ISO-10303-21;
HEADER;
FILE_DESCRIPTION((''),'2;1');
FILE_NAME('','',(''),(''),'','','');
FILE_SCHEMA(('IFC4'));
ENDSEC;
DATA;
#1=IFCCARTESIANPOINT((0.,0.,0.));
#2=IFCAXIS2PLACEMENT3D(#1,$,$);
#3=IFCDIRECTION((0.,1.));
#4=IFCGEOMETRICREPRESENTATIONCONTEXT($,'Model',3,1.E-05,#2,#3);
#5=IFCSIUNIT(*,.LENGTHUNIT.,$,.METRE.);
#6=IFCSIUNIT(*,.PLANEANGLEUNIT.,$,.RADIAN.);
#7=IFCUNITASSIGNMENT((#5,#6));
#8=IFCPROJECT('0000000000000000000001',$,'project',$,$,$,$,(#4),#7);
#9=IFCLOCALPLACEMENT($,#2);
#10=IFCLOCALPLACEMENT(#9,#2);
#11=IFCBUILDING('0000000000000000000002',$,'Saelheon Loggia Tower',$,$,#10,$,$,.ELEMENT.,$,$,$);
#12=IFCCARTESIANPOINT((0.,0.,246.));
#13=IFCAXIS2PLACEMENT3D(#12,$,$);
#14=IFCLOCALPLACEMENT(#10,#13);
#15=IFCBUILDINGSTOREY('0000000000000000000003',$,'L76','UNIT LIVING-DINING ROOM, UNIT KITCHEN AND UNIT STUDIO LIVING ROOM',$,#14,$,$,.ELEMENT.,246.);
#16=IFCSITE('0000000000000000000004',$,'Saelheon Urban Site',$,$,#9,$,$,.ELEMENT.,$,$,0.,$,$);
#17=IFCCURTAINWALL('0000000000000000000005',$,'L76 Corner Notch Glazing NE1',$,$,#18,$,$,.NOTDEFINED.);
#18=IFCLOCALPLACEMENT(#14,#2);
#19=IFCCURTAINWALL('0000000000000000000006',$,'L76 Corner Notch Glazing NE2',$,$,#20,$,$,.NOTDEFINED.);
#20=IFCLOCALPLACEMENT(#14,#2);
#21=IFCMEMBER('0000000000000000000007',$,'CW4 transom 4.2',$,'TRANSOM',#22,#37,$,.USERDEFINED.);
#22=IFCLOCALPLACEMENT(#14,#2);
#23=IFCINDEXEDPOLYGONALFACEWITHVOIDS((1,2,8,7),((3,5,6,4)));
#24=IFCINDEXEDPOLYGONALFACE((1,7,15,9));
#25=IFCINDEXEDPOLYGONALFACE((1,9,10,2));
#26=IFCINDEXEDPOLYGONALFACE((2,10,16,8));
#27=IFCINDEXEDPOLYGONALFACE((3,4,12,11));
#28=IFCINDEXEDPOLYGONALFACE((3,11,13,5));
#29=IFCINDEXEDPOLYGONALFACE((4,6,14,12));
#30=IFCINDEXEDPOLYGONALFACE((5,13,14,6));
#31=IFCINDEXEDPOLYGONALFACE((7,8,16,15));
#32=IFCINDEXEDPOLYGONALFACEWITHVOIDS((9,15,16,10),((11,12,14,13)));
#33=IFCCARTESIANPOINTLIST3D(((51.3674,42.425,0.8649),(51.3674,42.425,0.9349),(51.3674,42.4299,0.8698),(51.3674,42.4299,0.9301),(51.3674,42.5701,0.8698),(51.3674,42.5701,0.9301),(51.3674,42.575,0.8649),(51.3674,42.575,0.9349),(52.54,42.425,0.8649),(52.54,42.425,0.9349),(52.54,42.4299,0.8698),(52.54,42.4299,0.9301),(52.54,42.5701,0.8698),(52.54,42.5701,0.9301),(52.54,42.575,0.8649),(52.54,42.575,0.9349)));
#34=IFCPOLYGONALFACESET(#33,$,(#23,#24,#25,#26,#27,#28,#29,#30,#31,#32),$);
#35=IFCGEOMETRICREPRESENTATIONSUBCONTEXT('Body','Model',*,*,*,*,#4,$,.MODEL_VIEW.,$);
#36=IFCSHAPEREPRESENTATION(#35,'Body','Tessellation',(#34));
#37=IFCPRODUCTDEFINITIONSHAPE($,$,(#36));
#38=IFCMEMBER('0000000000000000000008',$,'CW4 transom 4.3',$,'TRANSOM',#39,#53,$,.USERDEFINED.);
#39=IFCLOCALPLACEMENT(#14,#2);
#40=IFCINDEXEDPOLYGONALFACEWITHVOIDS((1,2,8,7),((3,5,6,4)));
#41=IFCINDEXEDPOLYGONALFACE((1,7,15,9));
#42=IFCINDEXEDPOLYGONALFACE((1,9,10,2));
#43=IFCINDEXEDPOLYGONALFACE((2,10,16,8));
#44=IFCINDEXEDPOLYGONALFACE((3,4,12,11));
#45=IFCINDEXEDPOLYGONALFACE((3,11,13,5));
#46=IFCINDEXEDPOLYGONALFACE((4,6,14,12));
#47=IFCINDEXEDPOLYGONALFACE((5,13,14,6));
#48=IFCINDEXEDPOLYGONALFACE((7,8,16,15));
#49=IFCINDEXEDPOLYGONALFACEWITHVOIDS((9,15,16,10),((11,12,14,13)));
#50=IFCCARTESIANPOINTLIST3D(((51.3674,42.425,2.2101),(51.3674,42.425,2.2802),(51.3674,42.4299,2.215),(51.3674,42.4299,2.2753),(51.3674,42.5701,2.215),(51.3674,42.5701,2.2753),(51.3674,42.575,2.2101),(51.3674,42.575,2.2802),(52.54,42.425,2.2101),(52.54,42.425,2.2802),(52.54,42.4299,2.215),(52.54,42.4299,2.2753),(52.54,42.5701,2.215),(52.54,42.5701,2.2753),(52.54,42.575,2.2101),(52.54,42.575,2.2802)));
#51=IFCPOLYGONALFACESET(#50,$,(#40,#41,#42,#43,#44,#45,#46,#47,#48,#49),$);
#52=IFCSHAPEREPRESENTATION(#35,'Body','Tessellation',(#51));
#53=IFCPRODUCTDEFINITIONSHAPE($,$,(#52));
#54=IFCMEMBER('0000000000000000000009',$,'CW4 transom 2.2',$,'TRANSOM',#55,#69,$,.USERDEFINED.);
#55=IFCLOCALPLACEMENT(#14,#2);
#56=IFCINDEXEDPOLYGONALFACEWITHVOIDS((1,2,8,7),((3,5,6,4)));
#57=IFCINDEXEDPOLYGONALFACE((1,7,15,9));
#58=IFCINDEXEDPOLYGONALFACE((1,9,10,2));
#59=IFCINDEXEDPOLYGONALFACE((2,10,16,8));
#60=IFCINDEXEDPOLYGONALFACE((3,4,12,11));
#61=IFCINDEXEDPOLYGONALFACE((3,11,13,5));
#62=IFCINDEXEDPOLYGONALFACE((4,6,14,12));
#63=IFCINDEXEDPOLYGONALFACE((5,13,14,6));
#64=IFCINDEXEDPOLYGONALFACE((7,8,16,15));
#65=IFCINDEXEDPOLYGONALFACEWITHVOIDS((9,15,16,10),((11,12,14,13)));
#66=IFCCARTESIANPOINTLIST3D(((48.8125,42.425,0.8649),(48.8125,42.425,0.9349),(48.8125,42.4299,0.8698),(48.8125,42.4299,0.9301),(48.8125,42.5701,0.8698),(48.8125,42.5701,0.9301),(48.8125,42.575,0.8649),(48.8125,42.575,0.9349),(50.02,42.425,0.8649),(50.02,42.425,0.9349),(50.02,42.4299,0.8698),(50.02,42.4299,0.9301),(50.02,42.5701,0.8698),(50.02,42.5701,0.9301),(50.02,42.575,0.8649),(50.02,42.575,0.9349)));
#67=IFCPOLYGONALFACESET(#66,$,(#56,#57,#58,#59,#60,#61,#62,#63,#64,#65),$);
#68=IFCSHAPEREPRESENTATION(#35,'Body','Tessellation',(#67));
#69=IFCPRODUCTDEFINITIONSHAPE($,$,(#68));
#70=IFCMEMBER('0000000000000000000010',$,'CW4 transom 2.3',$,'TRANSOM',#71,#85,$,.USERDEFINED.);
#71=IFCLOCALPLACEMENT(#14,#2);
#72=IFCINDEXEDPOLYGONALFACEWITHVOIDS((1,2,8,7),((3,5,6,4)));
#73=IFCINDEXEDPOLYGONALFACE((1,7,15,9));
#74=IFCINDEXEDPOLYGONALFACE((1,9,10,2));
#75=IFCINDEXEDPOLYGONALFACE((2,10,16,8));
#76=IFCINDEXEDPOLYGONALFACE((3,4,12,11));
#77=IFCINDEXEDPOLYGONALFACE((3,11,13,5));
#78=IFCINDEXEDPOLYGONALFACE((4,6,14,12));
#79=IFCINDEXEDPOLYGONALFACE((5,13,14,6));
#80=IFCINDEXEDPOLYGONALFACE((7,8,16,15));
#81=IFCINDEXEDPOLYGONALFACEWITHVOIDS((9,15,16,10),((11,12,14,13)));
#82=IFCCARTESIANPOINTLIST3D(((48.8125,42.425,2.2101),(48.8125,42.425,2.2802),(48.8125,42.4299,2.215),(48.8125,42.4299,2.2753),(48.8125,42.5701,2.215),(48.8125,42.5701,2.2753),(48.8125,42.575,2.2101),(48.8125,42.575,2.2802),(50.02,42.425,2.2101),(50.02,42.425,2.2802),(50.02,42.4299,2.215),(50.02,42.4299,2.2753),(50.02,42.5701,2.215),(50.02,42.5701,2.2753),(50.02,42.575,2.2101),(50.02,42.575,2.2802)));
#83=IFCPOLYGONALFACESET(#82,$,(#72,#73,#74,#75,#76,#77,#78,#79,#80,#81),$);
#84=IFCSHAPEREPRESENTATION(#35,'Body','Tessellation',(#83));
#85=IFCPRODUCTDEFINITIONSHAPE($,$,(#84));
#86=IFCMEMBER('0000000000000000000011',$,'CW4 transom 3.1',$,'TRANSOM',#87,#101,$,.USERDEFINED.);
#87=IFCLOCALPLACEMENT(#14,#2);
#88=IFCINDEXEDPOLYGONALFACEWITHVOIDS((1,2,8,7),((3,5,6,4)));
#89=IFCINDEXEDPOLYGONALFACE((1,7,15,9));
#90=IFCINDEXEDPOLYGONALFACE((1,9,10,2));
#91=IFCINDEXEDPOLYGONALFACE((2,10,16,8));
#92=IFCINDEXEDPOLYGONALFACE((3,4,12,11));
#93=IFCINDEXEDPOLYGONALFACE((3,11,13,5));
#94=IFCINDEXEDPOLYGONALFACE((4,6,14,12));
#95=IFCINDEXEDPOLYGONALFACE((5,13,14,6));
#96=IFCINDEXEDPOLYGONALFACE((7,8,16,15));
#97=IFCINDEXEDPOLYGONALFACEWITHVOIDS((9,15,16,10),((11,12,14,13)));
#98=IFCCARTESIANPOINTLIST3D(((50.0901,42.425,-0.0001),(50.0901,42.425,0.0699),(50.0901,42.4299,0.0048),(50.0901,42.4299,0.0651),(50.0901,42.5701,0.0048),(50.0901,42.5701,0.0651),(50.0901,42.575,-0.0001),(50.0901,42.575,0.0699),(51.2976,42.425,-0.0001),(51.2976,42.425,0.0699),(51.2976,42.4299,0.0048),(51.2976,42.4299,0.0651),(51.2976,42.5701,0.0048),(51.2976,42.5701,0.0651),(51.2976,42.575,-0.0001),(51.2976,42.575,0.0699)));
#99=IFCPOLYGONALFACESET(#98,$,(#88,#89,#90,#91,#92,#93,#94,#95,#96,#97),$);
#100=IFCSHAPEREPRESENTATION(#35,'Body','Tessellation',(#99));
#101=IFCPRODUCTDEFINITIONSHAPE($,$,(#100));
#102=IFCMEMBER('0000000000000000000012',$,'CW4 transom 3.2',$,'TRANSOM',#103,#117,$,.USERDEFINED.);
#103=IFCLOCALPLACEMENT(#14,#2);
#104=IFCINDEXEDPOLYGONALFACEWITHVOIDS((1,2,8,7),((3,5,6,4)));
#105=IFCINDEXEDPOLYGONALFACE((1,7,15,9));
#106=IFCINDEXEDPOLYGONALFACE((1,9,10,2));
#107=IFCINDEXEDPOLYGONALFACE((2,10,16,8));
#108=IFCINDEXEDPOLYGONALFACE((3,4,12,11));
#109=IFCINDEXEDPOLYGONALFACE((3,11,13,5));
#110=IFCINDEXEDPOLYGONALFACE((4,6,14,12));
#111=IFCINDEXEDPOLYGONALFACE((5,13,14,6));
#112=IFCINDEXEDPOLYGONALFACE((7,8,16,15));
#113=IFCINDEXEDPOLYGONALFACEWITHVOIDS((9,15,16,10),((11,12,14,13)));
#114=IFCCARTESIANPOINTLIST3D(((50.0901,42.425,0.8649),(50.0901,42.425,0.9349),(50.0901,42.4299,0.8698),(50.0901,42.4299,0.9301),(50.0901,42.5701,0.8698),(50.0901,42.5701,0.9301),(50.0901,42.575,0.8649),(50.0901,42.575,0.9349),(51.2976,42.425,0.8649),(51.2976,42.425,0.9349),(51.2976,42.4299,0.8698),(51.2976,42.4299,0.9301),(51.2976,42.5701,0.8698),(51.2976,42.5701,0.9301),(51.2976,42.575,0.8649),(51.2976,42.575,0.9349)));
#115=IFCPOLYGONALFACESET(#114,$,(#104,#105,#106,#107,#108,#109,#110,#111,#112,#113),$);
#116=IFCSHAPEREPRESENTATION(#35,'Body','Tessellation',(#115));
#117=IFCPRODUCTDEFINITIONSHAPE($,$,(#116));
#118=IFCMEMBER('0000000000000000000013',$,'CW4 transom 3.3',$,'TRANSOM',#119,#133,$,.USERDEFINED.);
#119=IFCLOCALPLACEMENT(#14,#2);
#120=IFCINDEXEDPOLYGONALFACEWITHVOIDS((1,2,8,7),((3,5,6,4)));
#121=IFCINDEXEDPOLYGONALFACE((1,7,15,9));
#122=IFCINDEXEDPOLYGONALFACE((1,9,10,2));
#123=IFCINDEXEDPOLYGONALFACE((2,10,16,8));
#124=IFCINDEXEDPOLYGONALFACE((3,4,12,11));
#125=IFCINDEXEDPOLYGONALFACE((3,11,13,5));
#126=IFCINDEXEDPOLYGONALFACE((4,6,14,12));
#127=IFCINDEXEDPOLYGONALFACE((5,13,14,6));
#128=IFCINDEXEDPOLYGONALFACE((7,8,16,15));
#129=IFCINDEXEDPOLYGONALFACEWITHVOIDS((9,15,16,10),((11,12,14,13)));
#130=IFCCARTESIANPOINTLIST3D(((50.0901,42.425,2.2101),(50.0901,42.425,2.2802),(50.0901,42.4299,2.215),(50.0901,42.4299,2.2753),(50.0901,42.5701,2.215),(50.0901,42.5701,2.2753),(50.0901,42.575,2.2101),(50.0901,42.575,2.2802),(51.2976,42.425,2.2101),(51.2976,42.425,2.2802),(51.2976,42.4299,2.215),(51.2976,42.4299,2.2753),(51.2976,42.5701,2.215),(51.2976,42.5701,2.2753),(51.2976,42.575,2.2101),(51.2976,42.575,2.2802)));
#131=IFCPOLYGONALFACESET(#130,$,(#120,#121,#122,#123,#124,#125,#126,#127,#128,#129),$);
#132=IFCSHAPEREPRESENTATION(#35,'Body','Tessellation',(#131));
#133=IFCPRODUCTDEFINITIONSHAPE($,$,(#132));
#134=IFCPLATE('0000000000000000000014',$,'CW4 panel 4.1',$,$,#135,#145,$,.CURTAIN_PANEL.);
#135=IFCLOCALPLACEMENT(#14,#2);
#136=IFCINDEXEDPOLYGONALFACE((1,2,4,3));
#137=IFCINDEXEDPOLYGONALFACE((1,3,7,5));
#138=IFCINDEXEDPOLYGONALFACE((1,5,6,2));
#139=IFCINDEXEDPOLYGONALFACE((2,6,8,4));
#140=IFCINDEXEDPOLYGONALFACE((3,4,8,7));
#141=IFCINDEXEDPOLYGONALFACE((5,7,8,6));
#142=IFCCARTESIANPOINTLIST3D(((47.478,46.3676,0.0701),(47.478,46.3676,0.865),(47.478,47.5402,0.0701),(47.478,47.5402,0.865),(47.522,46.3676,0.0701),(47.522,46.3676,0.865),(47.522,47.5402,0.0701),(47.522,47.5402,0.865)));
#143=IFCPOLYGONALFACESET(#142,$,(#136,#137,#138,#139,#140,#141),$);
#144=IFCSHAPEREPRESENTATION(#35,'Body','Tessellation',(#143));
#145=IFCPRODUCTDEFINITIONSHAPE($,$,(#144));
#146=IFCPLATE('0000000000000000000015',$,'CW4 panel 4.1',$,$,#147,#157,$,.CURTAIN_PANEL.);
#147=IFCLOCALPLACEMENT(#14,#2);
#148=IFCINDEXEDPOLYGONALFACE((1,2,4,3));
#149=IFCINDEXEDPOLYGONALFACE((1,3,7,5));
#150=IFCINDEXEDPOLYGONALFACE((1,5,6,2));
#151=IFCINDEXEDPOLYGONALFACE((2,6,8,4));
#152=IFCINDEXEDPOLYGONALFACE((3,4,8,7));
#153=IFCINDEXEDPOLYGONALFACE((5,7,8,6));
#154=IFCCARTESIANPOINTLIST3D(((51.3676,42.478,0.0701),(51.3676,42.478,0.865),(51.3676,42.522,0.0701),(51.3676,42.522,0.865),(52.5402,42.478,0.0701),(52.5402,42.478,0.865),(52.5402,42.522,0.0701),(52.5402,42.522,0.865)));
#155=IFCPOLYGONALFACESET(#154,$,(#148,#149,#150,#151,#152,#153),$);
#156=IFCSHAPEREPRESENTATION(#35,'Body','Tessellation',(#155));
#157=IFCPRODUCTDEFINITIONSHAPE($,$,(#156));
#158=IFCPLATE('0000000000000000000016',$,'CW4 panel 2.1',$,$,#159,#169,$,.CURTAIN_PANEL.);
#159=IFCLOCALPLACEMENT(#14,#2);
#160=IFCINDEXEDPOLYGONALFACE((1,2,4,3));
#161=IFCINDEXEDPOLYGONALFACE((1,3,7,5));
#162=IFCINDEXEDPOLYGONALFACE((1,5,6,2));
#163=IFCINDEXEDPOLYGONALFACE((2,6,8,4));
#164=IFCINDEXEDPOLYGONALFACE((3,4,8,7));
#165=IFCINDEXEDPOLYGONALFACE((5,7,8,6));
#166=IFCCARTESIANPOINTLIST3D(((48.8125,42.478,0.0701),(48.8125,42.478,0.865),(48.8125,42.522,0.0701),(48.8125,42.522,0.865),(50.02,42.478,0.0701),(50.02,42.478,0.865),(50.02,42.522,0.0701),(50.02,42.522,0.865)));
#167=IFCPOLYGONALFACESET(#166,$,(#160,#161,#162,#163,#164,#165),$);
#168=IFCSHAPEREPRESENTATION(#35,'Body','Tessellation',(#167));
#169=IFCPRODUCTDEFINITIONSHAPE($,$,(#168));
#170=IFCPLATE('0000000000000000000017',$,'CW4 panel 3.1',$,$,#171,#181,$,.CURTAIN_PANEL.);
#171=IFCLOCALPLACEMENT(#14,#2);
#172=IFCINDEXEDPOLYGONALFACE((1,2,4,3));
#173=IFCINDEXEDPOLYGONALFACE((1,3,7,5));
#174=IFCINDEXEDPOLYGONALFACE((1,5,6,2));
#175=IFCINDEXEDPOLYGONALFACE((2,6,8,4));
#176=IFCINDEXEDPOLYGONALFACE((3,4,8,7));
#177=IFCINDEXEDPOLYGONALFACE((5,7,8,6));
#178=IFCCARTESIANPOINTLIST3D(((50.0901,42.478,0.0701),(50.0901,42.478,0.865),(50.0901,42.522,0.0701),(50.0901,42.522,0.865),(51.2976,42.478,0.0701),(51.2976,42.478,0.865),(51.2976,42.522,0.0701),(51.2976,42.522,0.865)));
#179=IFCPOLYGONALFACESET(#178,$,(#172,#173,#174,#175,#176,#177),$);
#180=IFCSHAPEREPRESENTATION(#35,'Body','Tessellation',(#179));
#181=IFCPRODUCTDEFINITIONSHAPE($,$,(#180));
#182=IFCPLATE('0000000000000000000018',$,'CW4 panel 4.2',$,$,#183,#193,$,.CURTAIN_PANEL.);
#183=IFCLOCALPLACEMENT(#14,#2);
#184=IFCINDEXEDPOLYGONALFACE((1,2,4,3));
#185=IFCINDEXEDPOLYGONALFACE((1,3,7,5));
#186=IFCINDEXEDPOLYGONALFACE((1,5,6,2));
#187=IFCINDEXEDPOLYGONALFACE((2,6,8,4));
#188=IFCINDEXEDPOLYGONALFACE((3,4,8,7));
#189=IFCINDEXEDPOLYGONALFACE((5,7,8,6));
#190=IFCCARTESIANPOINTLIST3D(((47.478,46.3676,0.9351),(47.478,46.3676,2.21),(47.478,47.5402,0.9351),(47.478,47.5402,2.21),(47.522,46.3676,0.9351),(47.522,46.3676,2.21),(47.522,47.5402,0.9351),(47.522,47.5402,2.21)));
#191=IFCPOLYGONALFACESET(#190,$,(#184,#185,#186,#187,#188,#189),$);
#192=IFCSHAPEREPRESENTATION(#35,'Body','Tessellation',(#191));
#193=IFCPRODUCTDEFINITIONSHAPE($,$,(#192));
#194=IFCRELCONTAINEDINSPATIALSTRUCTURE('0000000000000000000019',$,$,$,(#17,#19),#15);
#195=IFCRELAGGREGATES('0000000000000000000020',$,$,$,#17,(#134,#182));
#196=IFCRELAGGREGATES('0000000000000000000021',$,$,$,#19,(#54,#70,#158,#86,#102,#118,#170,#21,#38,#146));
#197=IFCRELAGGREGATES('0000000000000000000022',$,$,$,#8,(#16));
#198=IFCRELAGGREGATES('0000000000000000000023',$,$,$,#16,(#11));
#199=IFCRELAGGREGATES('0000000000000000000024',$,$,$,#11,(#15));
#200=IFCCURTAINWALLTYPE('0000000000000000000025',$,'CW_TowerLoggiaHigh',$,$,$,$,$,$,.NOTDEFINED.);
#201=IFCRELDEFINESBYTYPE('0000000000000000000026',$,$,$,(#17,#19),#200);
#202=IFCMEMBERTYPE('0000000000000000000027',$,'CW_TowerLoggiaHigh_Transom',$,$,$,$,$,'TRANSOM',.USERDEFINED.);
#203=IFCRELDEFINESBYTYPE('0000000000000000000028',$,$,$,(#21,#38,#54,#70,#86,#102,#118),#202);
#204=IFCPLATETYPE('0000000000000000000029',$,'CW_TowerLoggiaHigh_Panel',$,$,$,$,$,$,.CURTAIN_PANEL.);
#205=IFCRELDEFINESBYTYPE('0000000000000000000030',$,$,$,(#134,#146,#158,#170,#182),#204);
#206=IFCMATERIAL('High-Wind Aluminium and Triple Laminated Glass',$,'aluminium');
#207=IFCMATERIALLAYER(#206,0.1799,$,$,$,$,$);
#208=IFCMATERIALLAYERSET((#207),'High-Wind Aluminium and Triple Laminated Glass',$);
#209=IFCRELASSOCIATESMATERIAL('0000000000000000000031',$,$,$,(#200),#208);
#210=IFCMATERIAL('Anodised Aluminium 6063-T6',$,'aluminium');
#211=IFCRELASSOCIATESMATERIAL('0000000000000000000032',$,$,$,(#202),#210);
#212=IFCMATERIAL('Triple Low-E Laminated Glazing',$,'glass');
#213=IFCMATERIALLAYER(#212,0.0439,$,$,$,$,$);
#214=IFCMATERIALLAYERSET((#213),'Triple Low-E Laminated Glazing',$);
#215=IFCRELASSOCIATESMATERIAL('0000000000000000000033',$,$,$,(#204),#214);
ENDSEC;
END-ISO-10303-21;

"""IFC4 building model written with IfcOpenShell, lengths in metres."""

from ifc_helpers import new_model, si_unit, direction, frame, origin, origin_2d, place, context, subcontext, project, spatial, rectangle, hollow_rectangle, extrude, source, transform, mapped, material, layer, layer_set, material_profile, profile_set, type_object, element, aggregate, save


model = new_model("IFC4")

# Units and contexts
model_context = context("Model", 3, precision=1e-05, world=origin(), true_north=direction((0.0, 1.0)))
body_context = subcontext(model_context, "Body", "Model", "MODEL_VIEW")
ifc_project = project(units=[si_unit("LENGTHUNIT", "METRE"), si_unit("PLANEANGLEUNIT", "RADIAN")], contexts=[model_context])

# Site, building, storey
site_placement = place(None, origin())
site = spatial("IfcSite", under=ifc_project, at=site_placement, Name="Saelheon Urban Site", CompositionType="ELEMENT", RefElevation=0.0)
building_placement = place(site_placement, origin())
building = spatial("IfcBuilding", under=site, at=building_placement, Name="Saelheon Loggia Tower", CompositionType="ELEMENT")
storey_placement = place(building_placement, frame((0.0, 0.0, 246.0)))
storey = spatial("IfcBuildingStorey", under=building, at=storey_placement, Name="L76", Description="UNIT LIVING-DINING ROOM, UNIT KITCHEN AND UNIT STUDIO LIVING ROOM", CompositionType="ELEMENT", Elevation=246.0)

# Curtain wall
ifc_material_1 = material(Name="High-Wind Aluminium and Triple Laminated Glass", Category="aluminium")
ifc_layer_1 = layer(ifc_material_1, 0.1799)
ifc_layer_set_1 = layer_set([ifc_layer_1], Name="High-Wind Aluminium and Triple Laminated Glass")
curtain_wall_type = type_object("IfcCurtainWallType", Name="CW_TowerLoggiaHigh", PredefinedType="NOTDEFINED", material=ifc_layer_set_1)
curtain_wall_1_placement = place(storey_placement, origin())
curtain_wall_1 = element("IfcCurtainWall", 1, at=curtain_wall_1_placement, inside=storey, type_object=curtain_wall_type, Name="L76 Corner Notch Glazing NE1", PredefinedType="NOTDEFINED")
ifc_material_2 = material(Name="Anodised Aluminium 6063-T6", Category="aluminium")

# Curtain wall
curtain_wall_2_placement = place(storey_placement, origin())
curtain_wall_2 = element("IfcCurtainWall", 2, at=curtain_wall_2_placement, inside=storey, type_object=curtain_wall_type, Name="L76 Corner Notch Glazing NE2", PredefinedType="NOTDEFINED")

# Members
ifc_material_profile_1 = material_profile(ifc_material_2, hollow_rectangle(XDim=0.0701, YDim=0.1499, WallThickness=0.0049, at=origin_2d()), Name="RHS-150x70x5")
ifc_profile_set_1 = profile_set([ifc_material_profile_1], Name="Anodised Aluminium 6063-T6")
member_type_1 = type_object("IfcMemberType", Name="CW_TowerLoggiaHigh_Transom", ElementType="TRANSOM", PredefinedType="USERDEFINED", material=ifc_profile_set_1)
shared_shape_1 = source(origin(), body_context, "Body", "SweptSolid", [
    extrude(hollow_rectangle(XDim=0.0701, YDim=0.1499, WallThickness=0.0049, at=origin_2d()), origin(), (0.0, 0.0, 1.0), 1.1726),
])
member_1_placement = place(storey_placement, frame((51.3674, 42.5, 0.8999), z_axis=(1.0, 0.0, 0.0), x_axis=(0.0, 0.0, 1.0)))
member_1 = element("IfcMember", 3, at=member_1_placement, type_object=member_type_1, Name="CW4 transom 4.2", ObjectType="TRANSOM", PredefinedType="USERDEFINED", context=body_context, shape_type="MappedRepresentation", body=[
    mapped(shared_shape_1, transform((0.0, 0.0, 0.0), scale=1.0)),
])
member_2_placement = place(storey_placement, frame((51.3674, 42.5, 2.2451), z_axis=(1.0, 0.0, 0.0), x_axis=(0.0, 0.0, 1.0)))
member_2 = element("IfcMember", 4, at=member_2_placement, type_object=member_type_1, Name="CW4 transom 4.3", ObjectType="TRANSOM", PredefinedType="USERDEFINED", context=body_context, shape_type="MappedRepresentation", body=[
    mapped(shared_shape_1, transform((0.0, 0.0, 0.0), scale=1.0)),
])
shared_shape_2 = source(origin(), body_context, "Body", "SweptSolid", [
    extrude(hollow_rectangle(XDim=0.0701, YDim=0.1499, WallThickness=0.0049, at=origin_2d()), origin(), (0.0, 0.0, 1.0), 1.2075),
])
member_3_placement = place(storey_placement, frame((48.8125, 42.5, 0.8999), z_axis=(1.0, 0.0, 0.0), x_axis=(0.0, 0.0, 1.0)))
member_3 = element("IfcMember", 5, at=member_3_placement, type_object=member_type_1, Name="CW4 transom 2.2", ObjectType="TRANSOM", PredefinedType="USERDEFINED", context=body_context, shape_type="MappedRepresentation", body=[
    mapped(shared_shape_2, transform((0.0, 0.0, 0.0), scale=1.0)),
])
member_4_placement = place(storey_placement, frame((48.8125, 42.5, 2.2451), z_axis=(1.0, 0.0, 0.0), x_axis=(0.0, 0.0, 1.0)))
member_4 = element("IfcMember", 6, at=member_4_placement, type_object=member_type_1, Name="CW4 transom 2.3", ObjectType="TRANSOM", PredefinedType="USERDEFINED", context=body_context, shape_type="MappedRepresentation", body=[
    mapped(shared_shape_2, transform((0.0, 0.0, 0.0), scale=1.0)),
])
member_5_placement = place(storey_placement, frame((50.0901, 42.5, 0.0349), z_axis=(1.0, 0.0, 0.0), x_axis=(0.0, 0.0, 1.0)))
member_5 = element("IfcMember", 7, at=member_5_placement, type_object=member_type_1, Name="CW4 transom 3.1", ObjectType="TRANSOM", PredefinedType="USERDEFINED", context=body_context, shape_type="MappedRepresentation", body=[
    mapped(shared_shape_2, transform((0.0, 0.0, 0.0), scale=1.0)),
])
member_6_placement = place(storey_placement, frame((50.0901, 42.5, 0.8999), z_axis=(1.0, 0.0, 0.0), x_axis=(0.0, 0.0, 1.0)))
member_6 = element("IfcMember", 8, at=member_6_placement, type_object=member_type_1, Name="CW4 transom 3.2", ObjectType="TRANSOM", PredefinedType="USERDEFINED", context=body_context, shape_type="MappedRepresentation", body=[
    mapped(shared_shape_2, transform((0.0, 0.0, 0.0), scale=1.0)),
])
member_7_placement = place(storey_placement, frame((50.0901, 42.5, 2.2451), z_axis=(1.0, 0.0, 0.0), x_axis=(0.0, 0.0, 1.0)))
member_7 = element("IfcMember", 9, at=member_7_placement, type_object=member_type_1, Name="CW4 transom 3.3", ObjectType="TRANSOM", PredefinedType="USERDEFINED", context=body_context, shape_type="MappedRepresentation", body=[
    mapped(shared_shape_2, transform((0.0, 0.0, 0.0), scale=1.0)),
])

# Plates
ifc_material_3 = material(Name="Triple Low-E Laminated Glazing", Category="glass")
ifc_layer_2 = layer(ifc_material_3, 0.0439)
ifc_layer_set_2 = layer_set([ifc_layer_2], Name="Triple Low-E Laminated Glazing")
plate_type = type_object("IfcPlateType", Name="CW_TowerLoggiaHigh_Panel", PredefinedType="CURTAIN_PANEL", material=ifc_layer_set_2)
shared_shape_3 = source(origin(), body_context, "Body", "SweptSolid", [
    extrude(rectangle(XDim=1.1726, YDim=0.0439, at=origin_2d()), origin(), (0.0, 0.0, 1.0), 0.7949),
])
plate_1_placement = place(storey_placement, frame((47.5, 46.9539, 0.0701), z_axis=(0.0, 0.0, 1.0), x_axis=(0.0, 1.0, 0.0)))
plate_1 = element("IfcPlate", 10, at=plate_1_placement, type_object=plate_type, Name="CW4 panel 4.1", PredefinedType="CURTAIN_PANEL", context=body_context, shape_type="MappedRepresentation", body=[
    mapped(shared_shape_3, transform((0.0, 0.0, 0.0), scale=1.0)),
])
plate_2_placement = place(storey_placement, frame((51.9539, 42.5, 0.0701), z_axis=(0.0, 0.0, 1.0), x_axis=(1.0, 0.0, 0.0)))
plate_2 = element("IfcPlate", 11, at=plate_2_placement, type_object=plate_type, Name="CW4 panel 4.1", PredefinedType="CURTAIN_PANEL", context=body_context, shape_type="MappedRepresentation", body=[
    mapped(shared_shape_3, transform((0.0, 0.0, 0.0), scale=1.0)),
])
shared_shape_4 = source(origin(), body_context, "Body", "SweptSolid", [
    extrude(rectangle(XDim=1.2075, YDim=0.0439, at=origin_2d()), origin(), (0.0, 0.0, 1.0), 0.7949),
])
plate_3_placement = place(storey_placement, frame((49.4163, 42.5, 0.0701), z_axis=(0.0, 0.0, 1.0), x_axis=(1.0, 0.0, 0.0)))
plate_3 = element("IfcPlate", 12, at=plate_3_placement, type_object=plate_type, Name="CW4 panel 2.1", PredefinedType="CURTAIN_PANEL", context=body_context, shape_type="MappedRepresentation", body=[
    mapped(shared_shape_4, transform((0.0, 0.0, 0.0), scale=1.0)),
])
plate_4_placement = place(storey_placement, frame((50.6938, 42.5, 0.0701), z_axis=(0.0, 0.0, 1.0), x_axis=(1.0, 0.0, 0.0)))
plate_4 = element("IfcPlate", 13, at=plate_4_placement, type_object=plate_type, Name="CW4 panel 3.1", PredefinedType="CURTAIN_PANEL", context=body_context, shape_type="MappedRepresentation", body=[
    mapped(shared_shape_4, transform((0.0, 0.0, 0.0), scale=1.0)),
])
shared_shape_5 = source(origin(), body_context, "Body", "SweptSolid", [
    extrude(rectangle(XDim=1.1726, YDim=0.0439, at=origin_2d()), origin(), (0.0, 0.0, 1.0), 1.2749),
])
plate_5_placement = place(storey_placement, frame((47.5, 46.9539, 0.9351), z_axis=(0.0, 0.0, 1.0), x_axis=(0.0, 1.0, 0.0)))
plate_5 = element("IfcPlate", 14, at=plate_5_placement, type_object=plate_type, Name="CW4 panel 4.2", PredefinedType="CURTAIN_PANEL", context=body_context, shape_type="MappedRepresentation", body=[
    mapped(shared_shape_5, transform((0.0, 0.0, 0.0), scale=1.0)),
])
aggregate(curtain_wall_1, [plate_1, plate_5])
aggregate(curtain_wall_2, [member_3, member_4, plate_3, member_5, member_6, member_7, plate_4, member_1, member_2, plate_2])

save(model, "model.ifc")
